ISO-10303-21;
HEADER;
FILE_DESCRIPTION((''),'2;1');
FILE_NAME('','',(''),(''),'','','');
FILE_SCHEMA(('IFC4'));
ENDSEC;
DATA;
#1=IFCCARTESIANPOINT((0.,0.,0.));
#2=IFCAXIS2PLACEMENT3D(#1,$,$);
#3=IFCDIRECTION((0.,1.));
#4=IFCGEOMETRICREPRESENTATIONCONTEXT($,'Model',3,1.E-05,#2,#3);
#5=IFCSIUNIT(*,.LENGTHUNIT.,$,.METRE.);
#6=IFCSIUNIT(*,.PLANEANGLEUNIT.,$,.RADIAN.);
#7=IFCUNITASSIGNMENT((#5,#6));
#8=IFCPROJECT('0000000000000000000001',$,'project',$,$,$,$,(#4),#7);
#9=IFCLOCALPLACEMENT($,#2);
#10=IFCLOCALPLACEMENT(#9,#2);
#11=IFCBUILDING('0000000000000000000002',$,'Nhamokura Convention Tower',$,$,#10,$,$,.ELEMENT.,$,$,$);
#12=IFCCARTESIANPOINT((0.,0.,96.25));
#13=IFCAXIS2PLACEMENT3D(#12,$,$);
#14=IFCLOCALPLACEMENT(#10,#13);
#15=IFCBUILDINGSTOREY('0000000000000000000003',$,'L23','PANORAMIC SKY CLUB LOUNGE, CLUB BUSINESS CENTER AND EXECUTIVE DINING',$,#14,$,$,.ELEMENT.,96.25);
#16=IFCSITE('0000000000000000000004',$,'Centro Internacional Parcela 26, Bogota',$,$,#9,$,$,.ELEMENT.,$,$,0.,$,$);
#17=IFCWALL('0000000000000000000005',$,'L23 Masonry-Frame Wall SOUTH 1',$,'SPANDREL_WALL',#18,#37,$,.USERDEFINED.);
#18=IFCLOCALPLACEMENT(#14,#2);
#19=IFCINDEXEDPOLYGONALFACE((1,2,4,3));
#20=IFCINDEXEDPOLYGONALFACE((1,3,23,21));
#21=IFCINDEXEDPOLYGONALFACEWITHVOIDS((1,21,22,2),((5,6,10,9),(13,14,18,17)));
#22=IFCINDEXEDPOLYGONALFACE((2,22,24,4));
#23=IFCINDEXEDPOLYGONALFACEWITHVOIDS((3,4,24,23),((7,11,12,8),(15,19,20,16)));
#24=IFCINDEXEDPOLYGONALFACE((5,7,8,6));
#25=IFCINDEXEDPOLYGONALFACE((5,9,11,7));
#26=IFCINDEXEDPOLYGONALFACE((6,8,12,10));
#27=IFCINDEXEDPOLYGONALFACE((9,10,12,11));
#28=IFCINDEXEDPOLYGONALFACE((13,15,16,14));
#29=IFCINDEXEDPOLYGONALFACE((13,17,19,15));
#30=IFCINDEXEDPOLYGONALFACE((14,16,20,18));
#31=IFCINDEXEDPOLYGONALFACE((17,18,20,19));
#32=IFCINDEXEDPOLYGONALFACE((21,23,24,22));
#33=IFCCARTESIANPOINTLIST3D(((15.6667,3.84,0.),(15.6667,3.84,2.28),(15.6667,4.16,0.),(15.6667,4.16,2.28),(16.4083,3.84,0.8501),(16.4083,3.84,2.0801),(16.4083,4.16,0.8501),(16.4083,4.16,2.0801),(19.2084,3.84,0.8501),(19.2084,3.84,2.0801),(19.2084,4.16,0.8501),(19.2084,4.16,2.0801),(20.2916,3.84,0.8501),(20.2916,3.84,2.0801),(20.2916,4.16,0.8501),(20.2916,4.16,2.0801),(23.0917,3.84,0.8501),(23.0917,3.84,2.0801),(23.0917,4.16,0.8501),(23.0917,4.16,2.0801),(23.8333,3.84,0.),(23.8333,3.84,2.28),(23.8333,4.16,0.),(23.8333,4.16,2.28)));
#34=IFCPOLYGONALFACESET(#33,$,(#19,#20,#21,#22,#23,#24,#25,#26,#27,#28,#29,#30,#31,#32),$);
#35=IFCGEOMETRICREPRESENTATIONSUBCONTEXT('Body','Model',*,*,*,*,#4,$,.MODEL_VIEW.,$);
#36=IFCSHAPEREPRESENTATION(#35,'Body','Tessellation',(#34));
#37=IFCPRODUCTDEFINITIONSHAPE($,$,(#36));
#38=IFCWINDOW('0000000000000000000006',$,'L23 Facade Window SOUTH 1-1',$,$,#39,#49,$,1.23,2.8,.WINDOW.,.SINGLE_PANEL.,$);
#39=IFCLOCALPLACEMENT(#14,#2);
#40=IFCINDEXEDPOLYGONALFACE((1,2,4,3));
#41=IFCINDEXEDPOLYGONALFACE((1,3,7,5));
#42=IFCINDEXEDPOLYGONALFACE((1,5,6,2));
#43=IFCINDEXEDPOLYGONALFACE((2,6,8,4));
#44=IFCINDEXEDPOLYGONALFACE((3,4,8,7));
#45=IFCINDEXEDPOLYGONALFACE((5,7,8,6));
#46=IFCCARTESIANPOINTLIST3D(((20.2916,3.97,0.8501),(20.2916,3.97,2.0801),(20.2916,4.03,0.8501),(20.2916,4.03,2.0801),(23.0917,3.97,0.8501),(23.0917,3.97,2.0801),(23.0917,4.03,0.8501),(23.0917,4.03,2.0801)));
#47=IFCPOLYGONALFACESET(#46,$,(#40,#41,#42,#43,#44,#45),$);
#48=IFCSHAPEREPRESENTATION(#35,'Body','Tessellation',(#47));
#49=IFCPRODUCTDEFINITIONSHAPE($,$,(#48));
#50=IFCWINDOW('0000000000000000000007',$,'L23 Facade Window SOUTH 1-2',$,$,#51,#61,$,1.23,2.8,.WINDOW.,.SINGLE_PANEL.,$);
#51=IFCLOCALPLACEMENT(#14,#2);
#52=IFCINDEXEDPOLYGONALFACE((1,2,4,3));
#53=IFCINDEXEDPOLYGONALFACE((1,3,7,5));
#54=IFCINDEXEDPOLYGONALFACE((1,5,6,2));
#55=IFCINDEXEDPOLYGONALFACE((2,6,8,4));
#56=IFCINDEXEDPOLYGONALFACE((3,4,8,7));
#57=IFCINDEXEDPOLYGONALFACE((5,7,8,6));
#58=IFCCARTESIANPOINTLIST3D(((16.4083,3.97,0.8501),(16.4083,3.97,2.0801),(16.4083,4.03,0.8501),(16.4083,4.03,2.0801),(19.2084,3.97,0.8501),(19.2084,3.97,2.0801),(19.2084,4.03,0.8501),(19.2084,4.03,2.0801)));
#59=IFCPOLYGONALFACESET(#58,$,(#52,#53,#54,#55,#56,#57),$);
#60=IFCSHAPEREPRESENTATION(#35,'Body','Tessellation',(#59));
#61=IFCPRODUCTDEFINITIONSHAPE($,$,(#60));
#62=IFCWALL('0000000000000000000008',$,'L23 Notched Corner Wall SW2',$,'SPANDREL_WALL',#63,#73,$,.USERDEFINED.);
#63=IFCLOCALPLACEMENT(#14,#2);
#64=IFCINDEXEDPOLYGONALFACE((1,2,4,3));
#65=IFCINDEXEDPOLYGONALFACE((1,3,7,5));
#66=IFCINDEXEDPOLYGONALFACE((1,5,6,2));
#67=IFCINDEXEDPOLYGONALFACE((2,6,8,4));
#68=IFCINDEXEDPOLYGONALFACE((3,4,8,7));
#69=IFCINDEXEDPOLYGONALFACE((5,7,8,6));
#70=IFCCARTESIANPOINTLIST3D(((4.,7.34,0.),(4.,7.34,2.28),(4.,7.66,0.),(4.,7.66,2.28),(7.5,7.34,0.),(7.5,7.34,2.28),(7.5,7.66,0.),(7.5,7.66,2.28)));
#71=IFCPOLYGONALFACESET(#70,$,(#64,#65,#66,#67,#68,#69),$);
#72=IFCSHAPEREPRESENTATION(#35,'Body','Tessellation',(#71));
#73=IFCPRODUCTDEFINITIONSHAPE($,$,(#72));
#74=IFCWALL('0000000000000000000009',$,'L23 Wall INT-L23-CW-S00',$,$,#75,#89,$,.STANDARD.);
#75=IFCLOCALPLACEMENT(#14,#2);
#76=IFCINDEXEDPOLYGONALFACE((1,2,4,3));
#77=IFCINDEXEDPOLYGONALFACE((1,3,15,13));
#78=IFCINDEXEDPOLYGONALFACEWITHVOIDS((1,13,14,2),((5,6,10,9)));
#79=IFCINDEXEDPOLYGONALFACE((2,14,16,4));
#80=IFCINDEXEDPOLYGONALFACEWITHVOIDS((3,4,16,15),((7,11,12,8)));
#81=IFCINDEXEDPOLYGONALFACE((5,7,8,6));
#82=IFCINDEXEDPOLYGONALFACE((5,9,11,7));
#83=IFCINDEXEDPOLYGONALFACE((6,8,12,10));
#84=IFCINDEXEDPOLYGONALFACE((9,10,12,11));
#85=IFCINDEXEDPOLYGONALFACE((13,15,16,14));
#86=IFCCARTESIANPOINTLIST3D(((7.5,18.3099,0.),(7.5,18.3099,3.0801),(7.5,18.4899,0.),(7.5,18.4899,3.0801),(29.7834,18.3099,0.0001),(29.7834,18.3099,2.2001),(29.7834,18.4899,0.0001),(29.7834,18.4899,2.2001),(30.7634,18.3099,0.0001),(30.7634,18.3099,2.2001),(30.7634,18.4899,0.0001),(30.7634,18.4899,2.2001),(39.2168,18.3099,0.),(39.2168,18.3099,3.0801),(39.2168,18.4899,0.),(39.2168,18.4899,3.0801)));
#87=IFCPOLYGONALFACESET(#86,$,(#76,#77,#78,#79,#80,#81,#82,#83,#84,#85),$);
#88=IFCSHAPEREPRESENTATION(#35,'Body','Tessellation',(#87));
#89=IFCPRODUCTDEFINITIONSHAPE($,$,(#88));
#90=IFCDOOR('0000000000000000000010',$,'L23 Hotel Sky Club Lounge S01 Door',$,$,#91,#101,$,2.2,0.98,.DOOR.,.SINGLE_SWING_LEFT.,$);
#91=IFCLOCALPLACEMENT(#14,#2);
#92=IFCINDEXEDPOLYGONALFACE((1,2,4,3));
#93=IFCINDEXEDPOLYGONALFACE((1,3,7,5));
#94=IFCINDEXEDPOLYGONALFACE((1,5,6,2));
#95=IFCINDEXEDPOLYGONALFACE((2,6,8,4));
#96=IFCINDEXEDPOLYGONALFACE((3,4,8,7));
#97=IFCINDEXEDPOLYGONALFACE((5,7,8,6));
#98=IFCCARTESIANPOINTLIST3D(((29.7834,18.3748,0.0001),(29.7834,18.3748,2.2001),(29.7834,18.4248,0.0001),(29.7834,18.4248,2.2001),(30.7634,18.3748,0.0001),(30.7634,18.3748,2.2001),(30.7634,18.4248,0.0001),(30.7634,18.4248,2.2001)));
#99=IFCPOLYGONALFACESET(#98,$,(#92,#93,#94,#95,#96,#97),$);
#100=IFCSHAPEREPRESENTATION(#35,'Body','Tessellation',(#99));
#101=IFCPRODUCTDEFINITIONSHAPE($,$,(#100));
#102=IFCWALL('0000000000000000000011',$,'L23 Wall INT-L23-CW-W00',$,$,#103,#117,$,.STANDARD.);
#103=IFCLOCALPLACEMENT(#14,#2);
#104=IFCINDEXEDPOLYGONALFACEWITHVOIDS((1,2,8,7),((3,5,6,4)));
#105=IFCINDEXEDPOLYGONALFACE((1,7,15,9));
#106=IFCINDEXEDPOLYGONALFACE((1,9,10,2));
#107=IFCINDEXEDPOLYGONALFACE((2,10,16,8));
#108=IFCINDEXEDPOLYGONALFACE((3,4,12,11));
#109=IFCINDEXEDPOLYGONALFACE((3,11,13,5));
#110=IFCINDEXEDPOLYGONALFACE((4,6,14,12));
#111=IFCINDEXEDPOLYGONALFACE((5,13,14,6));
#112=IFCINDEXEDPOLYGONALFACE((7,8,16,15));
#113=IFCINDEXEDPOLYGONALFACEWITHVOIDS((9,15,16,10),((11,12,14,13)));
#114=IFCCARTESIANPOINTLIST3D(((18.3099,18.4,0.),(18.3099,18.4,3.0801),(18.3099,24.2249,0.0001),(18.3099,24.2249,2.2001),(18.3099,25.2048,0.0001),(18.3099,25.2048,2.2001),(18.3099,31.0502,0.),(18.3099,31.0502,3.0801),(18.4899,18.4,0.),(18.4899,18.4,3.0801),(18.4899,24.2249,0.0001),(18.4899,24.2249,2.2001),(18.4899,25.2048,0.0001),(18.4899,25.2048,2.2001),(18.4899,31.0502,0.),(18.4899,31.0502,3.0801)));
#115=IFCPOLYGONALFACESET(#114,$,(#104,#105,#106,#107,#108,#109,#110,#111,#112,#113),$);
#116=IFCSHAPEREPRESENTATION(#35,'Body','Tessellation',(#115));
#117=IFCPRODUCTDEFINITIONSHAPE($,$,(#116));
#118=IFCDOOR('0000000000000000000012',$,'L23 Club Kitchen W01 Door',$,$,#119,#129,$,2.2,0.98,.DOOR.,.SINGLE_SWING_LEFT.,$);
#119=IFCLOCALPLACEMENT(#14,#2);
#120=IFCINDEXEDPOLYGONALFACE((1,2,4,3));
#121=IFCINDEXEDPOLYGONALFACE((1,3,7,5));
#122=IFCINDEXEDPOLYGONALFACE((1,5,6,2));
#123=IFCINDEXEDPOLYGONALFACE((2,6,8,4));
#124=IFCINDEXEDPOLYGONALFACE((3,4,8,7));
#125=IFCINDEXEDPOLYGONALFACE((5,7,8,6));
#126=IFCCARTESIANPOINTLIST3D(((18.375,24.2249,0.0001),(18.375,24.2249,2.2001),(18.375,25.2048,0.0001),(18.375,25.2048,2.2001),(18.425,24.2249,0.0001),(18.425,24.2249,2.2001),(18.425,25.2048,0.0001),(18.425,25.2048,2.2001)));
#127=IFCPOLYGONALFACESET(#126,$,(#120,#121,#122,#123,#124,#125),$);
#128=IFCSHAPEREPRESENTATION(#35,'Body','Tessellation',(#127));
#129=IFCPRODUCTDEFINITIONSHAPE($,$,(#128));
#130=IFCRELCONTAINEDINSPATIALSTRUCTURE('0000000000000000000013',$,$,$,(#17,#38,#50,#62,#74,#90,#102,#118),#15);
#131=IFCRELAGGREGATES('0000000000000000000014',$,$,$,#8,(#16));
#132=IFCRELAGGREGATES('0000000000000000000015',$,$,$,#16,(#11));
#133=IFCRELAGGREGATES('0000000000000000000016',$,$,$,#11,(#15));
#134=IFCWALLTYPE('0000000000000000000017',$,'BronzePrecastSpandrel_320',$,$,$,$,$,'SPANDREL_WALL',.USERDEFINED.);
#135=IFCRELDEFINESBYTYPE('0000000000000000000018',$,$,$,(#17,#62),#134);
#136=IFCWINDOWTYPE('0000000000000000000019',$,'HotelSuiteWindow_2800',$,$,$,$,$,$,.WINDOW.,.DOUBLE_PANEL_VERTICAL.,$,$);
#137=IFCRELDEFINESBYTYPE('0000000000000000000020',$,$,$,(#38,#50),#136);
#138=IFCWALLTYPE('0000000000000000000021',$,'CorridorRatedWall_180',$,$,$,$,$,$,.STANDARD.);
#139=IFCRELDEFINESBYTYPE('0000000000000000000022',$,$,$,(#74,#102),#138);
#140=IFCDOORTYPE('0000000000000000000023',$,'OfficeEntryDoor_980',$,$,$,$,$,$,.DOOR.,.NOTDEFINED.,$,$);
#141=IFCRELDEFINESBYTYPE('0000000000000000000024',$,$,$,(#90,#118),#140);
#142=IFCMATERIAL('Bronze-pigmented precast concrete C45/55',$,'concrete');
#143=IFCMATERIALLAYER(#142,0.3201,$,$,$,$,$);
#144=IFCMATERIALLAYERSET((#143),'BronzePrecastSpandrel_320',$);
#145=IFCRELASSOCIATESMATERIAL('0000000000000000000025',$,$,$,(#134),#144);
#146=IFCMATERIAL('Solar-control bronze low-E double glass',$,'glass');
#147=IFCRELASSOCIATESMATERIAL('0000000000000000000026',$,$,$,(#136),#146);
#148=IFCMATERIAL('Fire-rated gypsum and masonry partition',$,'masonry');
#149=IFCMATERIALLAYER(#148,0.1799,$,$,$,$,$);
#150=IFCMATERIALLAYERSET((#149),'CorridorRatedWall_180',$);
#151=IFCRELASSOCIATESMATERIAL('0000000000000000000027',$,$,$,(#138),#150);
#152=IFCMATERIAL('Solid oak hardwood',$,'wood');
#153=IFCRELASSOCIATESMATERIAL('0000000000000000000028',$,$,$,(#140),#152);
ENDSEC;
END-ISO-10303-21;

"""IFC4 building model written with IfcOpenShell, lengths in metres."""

from ifc_helpers import new_model, si_unit, direction, frame, frame_2d, origin, place, context, subcontext, project, spatial, rectangle, extrude, material, layer, layer_set, type_object, element, fill, save


model = new_model("IFC4")

# Units and contexts
model_context = context("Model", 3, precision=1e-05, world=origin(), true_north=direction((0.0, 1.0)))
body_context = subcontext(model_context, "Body", "Model", "MODEL_VIEW")
ifc_project = project(units=[si_unit("LENGTHUNIT", "METRE"), si_unit("PLANEANGLEUNIT", "RADIAN")], contexts=[model_context])

# Site, building, storey
site_placement = place(None, origin())
site = spatial("IfcSite", under=ifc_project, at=site_placement, Name="Centro Internacional Parcela 26, Bogota", CompositionType="ELEMENT", RefElevation=0.0)
building_placement = place(site_placement, origin())
building = spatial("IfcBuilding", under=site, at=building_placement, Name="Nhamokura Convention Tower", CompositionType="ELEMENT")
storey_placement = place(building_placement, frame((0.0, 0.0, 96.25)))
storey = spatial("IfcBuildingStorey", under=building, at=storey_placement, Name="L23", Description="PANORAMIC SKY CLUB LOUNGE, CLUB BUSINESS CENTER AND EXECUTIVE DINING", CompositionType="ELEMENT", Elevation=96.25)

# Shared definitions
ifc_material_1 = material(Name="Bronze-pigmented precast concrete C45/55", Category="concrete")
ifc_layer_1 = layer(ifc_material_1, 0.3201)
ifc_layer_set_1 = layer_set([ifc_layer_1], Name="BronzePrecastSpandrel_320")
wall_type_1 = type_object("IfcWallType", Name="BronzePrecastSpandrel_320", ElementType="SPANDREL_WALL", PredefinedType="USERDEFINED", material=ifc_layer_set_1)

# Wall, openings, windows
wall_1_placement = place(storey_placement, frame((23.8333, 4.0, 0.0), z_axis=(0.0, 0.0, 1.0), x_axis=(-1.0, 0.0, 0.0)))
wall_1 = element("IfcWall", 1, at=wall_1_placement, inside=storey, type_object=wall_type_1, Name="L23 Masonry-Frame Wall SOUTH 1", ObjectType="SPANDREL_WALL", PredefinedType="USERDEFINED", context=body_context, shape_type="SweptSolid", body=[
    extrude(rectangle(XDim=8.1665, YDim=0.3201, at=frame_2d((4.0833, 0.0))), origin(), (0.0, 0.0, 1.0), 2.28),
])
opening_1_placement = place(wall_1_placement, frame((0.7417, 0.0, 0.8501)))
opening_1 = element("IfcOpeningElement", 2, at=opening_1_placement, cuts=wall_1, PredefinedType="OPENING", context=body_context, shape_type="SweptSolid", body=[
    extrude(rectangle(XDim=2.8, YDim=1.23, at=frame_2d((1.3999, 0.615))), frame((0.0, 0.1699, 0.0), z_axis=(0.0, -1.0, 0.0), x_axis=(1.0, 0.0, 0.0)), (0.0, 0.0, 1.0), 0.3401),
])
opening_2_placement = place(wall_1_placement, frame((4.625, 0.0, 0.8501)))
opening_2 = element("IfcOpeningElement", 3, at=opening_2_placement, cuts=wall_1, PredefinedType="OPENING", context=body_context, shape_type="SweptSolid", body=[
    extrude(rectangle(XDim=2.8, YDim=1.23, at=frame_2d((1.3999, 0.615))), frame((0.0, 0.1699, 0.0), z_axis=(0.0, -1.0, 0.0), x_axis=(1.0, 0.0, 0.0)), (0.0, 0.0, 1.0), 0.3401),
])
ifc_material_2 = material(Name="Solar-control bronze low-E double glass", Category="glass")
window_type = type_object("IfcWindowType", Name="HotelSuiteWindow_2800", PartitioningType="DOUBLE_PANEL_VERTICAL", PredefinedType="WINDOW", material=ifc_material_2)
window_1_placement = place(opening_1_placement, origin())
window_1 = element("IfcWindow", 4, at=window_1_placement, inside=storey, type_object=window_type, Name="L23 Facade Window SOUTH 1-1", OverallHeight=1.23, OverallWidth=2.8, PartitioningType="SINGLE_PANEL", PredefinedType="WINDOW", context=body_context, shape_type="SweptSolid", body=[
    extrude(rectangle(XDim=2.8, YDim=1.23, at=frame_2d((1.3999, 0.615))), frame((0.0, 0.03, 0.0), z_axis=(0.0, -1.0, 0.0), x_axis=(1.0, 0.0, 0.0)), (0.0, 0.0, 1.0), 0.0601),
])
fill(opening_1, window_1)
window_2_placement = place(opening_2_placement, origin())
window_2 = element("IfcWindow", 5, at=window_2_placement, inside=storey, type_object=window_type, Name="L23 Facade Window SOUTH 1-2", OverallHeight=1.23, OverallWidth=2.8, PartitioningType="SINGLE_PANEL", PredefinedType="WINDOW", context=body_context, shape_type="SweptSolid", body=[
    extrude(rectangle(XDim=2.8, YDim=1.23, at=frame_2d((1.3999, 0.615))), frame((0.0, 0.03, 0.0), z_axis=(0.0, -1.0, 0.0), x_axis=(1.0, 0.0, 0.0)), (0.0, 0.0, 1.0), 0.0601),
])
fill(opening_2, window_2)

# Wall
wall_2_placement = place(storey_placement, frame((7.5, 7.5, 0.0), z_axis=(0.0, 0.0, 1.0), x_axis=(-1.0, 0.0, 0.0)))
element("IfcWall", 6, at=wall_2_placement, inside=storey, type_object=wall_type_1, Name="L23 Notched Corner Wall SW2", ObjectType="SPANDREL_WALL", PredefinedType="USERDEFINED", context=body_context, shape_type="SweptSolid", body=[
    extrude(rectangle(XDim=3.5, YDim=0.3201, at=frame_2d((1.75, 0.0))), origin(), (0.0, 0.0, 1.0), 2.28),
])

# Walls, openings, doors
ifc_material_3 = material(Name="Fire-rated gypsum and masonry partition", Category="masonry")
ifc_layer_2 = layer(ifc_material_3, 0.1799)
ifc_layer_set_2 = layer_set([ifc_layer_2], Name="CorridorRatedWall_180")
wall_type_2 = type_object("IfcWallType", Name="CorridorRatedWall_180", PredefinedType="STANDARD", material=ifc_layer_set_2)
wall_3_placement = place(storey_placement, frame((7.5, 18.3999, 0.0), z_axis=(0.0, 0.0, 1.0), x_axis=(1.0, 0.0, 0.0)))
wall_3 = element("IfcWall", 7, at=wall_3_placement, inside=storey, type_object=wall_type_2, Name="L23 Wall INT-L23-CW-S00", PredefinedType="STANDARD", context=body_context, shape_type="SweptSolid", body=[
    extrude(rectangle(XDim=31.7168, YDim=0.1799, at=frame_2d((15.8584, 0.0))), origin(), (0.0, 0.0, 1.0), 3.0801),
])
opening_3_placement = place(wall_3_placement, frame((22.2834, 0.0, 0.0)))
opening_3 = element("IfcOpeningElement", 8, at=opening_3_placement, cuts=wall_3, PredefinedType="OPENING", context=body_context, shape_type="SweptSolid", body=[
    extrude(rectangle(XDim=0.98, YDim=2.2, at=frame_2d((0.49, 1.1001))), frame((0.0, 0.0999, 0.0), z_axis=(0.0, -1.0, 0.0), x_axis=(1.0, 0.0, 0.0)), (0.0, 0.0, 1.0), 0.2),
])
ifc_material_4 = material(Name="Solid oak hardwood", Category="wood")
door_type_1 = type_object("IfcDoorType", Name="OfficeEntryDoor_980", OperationType="NOTDEFINED", PredefinedType="DOOR", material=ifc_material_4)
door_1_placement = place(opening_3_placement, origin())
door_1 = element("IfcDoor", 9, at=door_1_placement, inside=storey, type_object=door_type_1, Name="L23 Hotel Sky Club Lounge S01 Door", OperationType="SINGLE_SWING_LEFT", OverallHeight=2.2, OverallWidth=0.98, PredefinedType="DOOR", context=body_context, shape_type="SweptSolid", body=[
    extrude(rectangle(XDim=0.98, YDim=2.2, at=frame_2d((0.49, 1.1001))), frame((0.0, 0.0249, 0.0), z_axis=(0.0, -1.0, 0.0), x_axis=(1.0, 0.0, 0.0)), (0.0, 0.0, 1.0), 0.05),
])
fill(opening_3, door_1)
wall_4_placement = place(storey_placement, frame((18.3999, 18.3999, 0.0), z_axis=(0.0, 0.0, 1.0), x_axis=(0.0, 1.0, 0.0)))
wall_4 = element("IfcWall", 10, at=wall_4_placement, inside=storey, type_object=wall_type_2, Name="L23 Wall INT-L23-CW-W00", PredefinedType="STANDARD", context=body_context, shape_type="SweptSolid", body=[
    extrude(rectangle(XDim=12.6501, YDim=0.1799, at=frame_2d((6.3252, 0.0))), origin(), (0.0, 0.0, 1.0), 3.0801),
])
opening_4_placement = place(wall_4_placement, frame((5.825, 0.0, 0.0)))
opening_4 = element("IfcOpeningElement", 11, at=opening_4_placement, cuts=wall_4, PredefinedType="OPENING", context=body_context, shape_type="SweptSolid", body=[
    extrude(rectangle(XDim=0.98, YDim=2.2, at=frame_2d((0.49, 1.1001))), frame((0.0, 0.0999, 0.0), z_axis=(0.0, -1.0, 0.0), x_axis=(1.0, 0.0, 0.0)), (0.0, 0.0, 1.0), 0.2),
])
door_2_placement = place(opening_4_placement, origin())
door_2 = element("IfcDoor", 12, at=door_2_placement, inside=storey, type_object=door_type_1, Name="L23 Club Kitchen W01 Door", OperationType="SINGLE_SWING_LEFT", OverallHeight=2.2, OverallWidth=0.98, PredefinedType="DOOR", context=body_context, shape_type="SweptSolid", body=[
    extrude(rectangle(XDim=0.98, YDim=2.2, at=frame_2d((0.49, 1.1001))), frame((0.0, 0.0249, 0.0), z_axis=(0.0, -1.0, 0.0), x_axis=(1.0, 0.0, 0.0)), (0.0, 0.0, 1.0), 0.05),
])
fill(opening_4, door_2)

save(model, "model.ifc")
